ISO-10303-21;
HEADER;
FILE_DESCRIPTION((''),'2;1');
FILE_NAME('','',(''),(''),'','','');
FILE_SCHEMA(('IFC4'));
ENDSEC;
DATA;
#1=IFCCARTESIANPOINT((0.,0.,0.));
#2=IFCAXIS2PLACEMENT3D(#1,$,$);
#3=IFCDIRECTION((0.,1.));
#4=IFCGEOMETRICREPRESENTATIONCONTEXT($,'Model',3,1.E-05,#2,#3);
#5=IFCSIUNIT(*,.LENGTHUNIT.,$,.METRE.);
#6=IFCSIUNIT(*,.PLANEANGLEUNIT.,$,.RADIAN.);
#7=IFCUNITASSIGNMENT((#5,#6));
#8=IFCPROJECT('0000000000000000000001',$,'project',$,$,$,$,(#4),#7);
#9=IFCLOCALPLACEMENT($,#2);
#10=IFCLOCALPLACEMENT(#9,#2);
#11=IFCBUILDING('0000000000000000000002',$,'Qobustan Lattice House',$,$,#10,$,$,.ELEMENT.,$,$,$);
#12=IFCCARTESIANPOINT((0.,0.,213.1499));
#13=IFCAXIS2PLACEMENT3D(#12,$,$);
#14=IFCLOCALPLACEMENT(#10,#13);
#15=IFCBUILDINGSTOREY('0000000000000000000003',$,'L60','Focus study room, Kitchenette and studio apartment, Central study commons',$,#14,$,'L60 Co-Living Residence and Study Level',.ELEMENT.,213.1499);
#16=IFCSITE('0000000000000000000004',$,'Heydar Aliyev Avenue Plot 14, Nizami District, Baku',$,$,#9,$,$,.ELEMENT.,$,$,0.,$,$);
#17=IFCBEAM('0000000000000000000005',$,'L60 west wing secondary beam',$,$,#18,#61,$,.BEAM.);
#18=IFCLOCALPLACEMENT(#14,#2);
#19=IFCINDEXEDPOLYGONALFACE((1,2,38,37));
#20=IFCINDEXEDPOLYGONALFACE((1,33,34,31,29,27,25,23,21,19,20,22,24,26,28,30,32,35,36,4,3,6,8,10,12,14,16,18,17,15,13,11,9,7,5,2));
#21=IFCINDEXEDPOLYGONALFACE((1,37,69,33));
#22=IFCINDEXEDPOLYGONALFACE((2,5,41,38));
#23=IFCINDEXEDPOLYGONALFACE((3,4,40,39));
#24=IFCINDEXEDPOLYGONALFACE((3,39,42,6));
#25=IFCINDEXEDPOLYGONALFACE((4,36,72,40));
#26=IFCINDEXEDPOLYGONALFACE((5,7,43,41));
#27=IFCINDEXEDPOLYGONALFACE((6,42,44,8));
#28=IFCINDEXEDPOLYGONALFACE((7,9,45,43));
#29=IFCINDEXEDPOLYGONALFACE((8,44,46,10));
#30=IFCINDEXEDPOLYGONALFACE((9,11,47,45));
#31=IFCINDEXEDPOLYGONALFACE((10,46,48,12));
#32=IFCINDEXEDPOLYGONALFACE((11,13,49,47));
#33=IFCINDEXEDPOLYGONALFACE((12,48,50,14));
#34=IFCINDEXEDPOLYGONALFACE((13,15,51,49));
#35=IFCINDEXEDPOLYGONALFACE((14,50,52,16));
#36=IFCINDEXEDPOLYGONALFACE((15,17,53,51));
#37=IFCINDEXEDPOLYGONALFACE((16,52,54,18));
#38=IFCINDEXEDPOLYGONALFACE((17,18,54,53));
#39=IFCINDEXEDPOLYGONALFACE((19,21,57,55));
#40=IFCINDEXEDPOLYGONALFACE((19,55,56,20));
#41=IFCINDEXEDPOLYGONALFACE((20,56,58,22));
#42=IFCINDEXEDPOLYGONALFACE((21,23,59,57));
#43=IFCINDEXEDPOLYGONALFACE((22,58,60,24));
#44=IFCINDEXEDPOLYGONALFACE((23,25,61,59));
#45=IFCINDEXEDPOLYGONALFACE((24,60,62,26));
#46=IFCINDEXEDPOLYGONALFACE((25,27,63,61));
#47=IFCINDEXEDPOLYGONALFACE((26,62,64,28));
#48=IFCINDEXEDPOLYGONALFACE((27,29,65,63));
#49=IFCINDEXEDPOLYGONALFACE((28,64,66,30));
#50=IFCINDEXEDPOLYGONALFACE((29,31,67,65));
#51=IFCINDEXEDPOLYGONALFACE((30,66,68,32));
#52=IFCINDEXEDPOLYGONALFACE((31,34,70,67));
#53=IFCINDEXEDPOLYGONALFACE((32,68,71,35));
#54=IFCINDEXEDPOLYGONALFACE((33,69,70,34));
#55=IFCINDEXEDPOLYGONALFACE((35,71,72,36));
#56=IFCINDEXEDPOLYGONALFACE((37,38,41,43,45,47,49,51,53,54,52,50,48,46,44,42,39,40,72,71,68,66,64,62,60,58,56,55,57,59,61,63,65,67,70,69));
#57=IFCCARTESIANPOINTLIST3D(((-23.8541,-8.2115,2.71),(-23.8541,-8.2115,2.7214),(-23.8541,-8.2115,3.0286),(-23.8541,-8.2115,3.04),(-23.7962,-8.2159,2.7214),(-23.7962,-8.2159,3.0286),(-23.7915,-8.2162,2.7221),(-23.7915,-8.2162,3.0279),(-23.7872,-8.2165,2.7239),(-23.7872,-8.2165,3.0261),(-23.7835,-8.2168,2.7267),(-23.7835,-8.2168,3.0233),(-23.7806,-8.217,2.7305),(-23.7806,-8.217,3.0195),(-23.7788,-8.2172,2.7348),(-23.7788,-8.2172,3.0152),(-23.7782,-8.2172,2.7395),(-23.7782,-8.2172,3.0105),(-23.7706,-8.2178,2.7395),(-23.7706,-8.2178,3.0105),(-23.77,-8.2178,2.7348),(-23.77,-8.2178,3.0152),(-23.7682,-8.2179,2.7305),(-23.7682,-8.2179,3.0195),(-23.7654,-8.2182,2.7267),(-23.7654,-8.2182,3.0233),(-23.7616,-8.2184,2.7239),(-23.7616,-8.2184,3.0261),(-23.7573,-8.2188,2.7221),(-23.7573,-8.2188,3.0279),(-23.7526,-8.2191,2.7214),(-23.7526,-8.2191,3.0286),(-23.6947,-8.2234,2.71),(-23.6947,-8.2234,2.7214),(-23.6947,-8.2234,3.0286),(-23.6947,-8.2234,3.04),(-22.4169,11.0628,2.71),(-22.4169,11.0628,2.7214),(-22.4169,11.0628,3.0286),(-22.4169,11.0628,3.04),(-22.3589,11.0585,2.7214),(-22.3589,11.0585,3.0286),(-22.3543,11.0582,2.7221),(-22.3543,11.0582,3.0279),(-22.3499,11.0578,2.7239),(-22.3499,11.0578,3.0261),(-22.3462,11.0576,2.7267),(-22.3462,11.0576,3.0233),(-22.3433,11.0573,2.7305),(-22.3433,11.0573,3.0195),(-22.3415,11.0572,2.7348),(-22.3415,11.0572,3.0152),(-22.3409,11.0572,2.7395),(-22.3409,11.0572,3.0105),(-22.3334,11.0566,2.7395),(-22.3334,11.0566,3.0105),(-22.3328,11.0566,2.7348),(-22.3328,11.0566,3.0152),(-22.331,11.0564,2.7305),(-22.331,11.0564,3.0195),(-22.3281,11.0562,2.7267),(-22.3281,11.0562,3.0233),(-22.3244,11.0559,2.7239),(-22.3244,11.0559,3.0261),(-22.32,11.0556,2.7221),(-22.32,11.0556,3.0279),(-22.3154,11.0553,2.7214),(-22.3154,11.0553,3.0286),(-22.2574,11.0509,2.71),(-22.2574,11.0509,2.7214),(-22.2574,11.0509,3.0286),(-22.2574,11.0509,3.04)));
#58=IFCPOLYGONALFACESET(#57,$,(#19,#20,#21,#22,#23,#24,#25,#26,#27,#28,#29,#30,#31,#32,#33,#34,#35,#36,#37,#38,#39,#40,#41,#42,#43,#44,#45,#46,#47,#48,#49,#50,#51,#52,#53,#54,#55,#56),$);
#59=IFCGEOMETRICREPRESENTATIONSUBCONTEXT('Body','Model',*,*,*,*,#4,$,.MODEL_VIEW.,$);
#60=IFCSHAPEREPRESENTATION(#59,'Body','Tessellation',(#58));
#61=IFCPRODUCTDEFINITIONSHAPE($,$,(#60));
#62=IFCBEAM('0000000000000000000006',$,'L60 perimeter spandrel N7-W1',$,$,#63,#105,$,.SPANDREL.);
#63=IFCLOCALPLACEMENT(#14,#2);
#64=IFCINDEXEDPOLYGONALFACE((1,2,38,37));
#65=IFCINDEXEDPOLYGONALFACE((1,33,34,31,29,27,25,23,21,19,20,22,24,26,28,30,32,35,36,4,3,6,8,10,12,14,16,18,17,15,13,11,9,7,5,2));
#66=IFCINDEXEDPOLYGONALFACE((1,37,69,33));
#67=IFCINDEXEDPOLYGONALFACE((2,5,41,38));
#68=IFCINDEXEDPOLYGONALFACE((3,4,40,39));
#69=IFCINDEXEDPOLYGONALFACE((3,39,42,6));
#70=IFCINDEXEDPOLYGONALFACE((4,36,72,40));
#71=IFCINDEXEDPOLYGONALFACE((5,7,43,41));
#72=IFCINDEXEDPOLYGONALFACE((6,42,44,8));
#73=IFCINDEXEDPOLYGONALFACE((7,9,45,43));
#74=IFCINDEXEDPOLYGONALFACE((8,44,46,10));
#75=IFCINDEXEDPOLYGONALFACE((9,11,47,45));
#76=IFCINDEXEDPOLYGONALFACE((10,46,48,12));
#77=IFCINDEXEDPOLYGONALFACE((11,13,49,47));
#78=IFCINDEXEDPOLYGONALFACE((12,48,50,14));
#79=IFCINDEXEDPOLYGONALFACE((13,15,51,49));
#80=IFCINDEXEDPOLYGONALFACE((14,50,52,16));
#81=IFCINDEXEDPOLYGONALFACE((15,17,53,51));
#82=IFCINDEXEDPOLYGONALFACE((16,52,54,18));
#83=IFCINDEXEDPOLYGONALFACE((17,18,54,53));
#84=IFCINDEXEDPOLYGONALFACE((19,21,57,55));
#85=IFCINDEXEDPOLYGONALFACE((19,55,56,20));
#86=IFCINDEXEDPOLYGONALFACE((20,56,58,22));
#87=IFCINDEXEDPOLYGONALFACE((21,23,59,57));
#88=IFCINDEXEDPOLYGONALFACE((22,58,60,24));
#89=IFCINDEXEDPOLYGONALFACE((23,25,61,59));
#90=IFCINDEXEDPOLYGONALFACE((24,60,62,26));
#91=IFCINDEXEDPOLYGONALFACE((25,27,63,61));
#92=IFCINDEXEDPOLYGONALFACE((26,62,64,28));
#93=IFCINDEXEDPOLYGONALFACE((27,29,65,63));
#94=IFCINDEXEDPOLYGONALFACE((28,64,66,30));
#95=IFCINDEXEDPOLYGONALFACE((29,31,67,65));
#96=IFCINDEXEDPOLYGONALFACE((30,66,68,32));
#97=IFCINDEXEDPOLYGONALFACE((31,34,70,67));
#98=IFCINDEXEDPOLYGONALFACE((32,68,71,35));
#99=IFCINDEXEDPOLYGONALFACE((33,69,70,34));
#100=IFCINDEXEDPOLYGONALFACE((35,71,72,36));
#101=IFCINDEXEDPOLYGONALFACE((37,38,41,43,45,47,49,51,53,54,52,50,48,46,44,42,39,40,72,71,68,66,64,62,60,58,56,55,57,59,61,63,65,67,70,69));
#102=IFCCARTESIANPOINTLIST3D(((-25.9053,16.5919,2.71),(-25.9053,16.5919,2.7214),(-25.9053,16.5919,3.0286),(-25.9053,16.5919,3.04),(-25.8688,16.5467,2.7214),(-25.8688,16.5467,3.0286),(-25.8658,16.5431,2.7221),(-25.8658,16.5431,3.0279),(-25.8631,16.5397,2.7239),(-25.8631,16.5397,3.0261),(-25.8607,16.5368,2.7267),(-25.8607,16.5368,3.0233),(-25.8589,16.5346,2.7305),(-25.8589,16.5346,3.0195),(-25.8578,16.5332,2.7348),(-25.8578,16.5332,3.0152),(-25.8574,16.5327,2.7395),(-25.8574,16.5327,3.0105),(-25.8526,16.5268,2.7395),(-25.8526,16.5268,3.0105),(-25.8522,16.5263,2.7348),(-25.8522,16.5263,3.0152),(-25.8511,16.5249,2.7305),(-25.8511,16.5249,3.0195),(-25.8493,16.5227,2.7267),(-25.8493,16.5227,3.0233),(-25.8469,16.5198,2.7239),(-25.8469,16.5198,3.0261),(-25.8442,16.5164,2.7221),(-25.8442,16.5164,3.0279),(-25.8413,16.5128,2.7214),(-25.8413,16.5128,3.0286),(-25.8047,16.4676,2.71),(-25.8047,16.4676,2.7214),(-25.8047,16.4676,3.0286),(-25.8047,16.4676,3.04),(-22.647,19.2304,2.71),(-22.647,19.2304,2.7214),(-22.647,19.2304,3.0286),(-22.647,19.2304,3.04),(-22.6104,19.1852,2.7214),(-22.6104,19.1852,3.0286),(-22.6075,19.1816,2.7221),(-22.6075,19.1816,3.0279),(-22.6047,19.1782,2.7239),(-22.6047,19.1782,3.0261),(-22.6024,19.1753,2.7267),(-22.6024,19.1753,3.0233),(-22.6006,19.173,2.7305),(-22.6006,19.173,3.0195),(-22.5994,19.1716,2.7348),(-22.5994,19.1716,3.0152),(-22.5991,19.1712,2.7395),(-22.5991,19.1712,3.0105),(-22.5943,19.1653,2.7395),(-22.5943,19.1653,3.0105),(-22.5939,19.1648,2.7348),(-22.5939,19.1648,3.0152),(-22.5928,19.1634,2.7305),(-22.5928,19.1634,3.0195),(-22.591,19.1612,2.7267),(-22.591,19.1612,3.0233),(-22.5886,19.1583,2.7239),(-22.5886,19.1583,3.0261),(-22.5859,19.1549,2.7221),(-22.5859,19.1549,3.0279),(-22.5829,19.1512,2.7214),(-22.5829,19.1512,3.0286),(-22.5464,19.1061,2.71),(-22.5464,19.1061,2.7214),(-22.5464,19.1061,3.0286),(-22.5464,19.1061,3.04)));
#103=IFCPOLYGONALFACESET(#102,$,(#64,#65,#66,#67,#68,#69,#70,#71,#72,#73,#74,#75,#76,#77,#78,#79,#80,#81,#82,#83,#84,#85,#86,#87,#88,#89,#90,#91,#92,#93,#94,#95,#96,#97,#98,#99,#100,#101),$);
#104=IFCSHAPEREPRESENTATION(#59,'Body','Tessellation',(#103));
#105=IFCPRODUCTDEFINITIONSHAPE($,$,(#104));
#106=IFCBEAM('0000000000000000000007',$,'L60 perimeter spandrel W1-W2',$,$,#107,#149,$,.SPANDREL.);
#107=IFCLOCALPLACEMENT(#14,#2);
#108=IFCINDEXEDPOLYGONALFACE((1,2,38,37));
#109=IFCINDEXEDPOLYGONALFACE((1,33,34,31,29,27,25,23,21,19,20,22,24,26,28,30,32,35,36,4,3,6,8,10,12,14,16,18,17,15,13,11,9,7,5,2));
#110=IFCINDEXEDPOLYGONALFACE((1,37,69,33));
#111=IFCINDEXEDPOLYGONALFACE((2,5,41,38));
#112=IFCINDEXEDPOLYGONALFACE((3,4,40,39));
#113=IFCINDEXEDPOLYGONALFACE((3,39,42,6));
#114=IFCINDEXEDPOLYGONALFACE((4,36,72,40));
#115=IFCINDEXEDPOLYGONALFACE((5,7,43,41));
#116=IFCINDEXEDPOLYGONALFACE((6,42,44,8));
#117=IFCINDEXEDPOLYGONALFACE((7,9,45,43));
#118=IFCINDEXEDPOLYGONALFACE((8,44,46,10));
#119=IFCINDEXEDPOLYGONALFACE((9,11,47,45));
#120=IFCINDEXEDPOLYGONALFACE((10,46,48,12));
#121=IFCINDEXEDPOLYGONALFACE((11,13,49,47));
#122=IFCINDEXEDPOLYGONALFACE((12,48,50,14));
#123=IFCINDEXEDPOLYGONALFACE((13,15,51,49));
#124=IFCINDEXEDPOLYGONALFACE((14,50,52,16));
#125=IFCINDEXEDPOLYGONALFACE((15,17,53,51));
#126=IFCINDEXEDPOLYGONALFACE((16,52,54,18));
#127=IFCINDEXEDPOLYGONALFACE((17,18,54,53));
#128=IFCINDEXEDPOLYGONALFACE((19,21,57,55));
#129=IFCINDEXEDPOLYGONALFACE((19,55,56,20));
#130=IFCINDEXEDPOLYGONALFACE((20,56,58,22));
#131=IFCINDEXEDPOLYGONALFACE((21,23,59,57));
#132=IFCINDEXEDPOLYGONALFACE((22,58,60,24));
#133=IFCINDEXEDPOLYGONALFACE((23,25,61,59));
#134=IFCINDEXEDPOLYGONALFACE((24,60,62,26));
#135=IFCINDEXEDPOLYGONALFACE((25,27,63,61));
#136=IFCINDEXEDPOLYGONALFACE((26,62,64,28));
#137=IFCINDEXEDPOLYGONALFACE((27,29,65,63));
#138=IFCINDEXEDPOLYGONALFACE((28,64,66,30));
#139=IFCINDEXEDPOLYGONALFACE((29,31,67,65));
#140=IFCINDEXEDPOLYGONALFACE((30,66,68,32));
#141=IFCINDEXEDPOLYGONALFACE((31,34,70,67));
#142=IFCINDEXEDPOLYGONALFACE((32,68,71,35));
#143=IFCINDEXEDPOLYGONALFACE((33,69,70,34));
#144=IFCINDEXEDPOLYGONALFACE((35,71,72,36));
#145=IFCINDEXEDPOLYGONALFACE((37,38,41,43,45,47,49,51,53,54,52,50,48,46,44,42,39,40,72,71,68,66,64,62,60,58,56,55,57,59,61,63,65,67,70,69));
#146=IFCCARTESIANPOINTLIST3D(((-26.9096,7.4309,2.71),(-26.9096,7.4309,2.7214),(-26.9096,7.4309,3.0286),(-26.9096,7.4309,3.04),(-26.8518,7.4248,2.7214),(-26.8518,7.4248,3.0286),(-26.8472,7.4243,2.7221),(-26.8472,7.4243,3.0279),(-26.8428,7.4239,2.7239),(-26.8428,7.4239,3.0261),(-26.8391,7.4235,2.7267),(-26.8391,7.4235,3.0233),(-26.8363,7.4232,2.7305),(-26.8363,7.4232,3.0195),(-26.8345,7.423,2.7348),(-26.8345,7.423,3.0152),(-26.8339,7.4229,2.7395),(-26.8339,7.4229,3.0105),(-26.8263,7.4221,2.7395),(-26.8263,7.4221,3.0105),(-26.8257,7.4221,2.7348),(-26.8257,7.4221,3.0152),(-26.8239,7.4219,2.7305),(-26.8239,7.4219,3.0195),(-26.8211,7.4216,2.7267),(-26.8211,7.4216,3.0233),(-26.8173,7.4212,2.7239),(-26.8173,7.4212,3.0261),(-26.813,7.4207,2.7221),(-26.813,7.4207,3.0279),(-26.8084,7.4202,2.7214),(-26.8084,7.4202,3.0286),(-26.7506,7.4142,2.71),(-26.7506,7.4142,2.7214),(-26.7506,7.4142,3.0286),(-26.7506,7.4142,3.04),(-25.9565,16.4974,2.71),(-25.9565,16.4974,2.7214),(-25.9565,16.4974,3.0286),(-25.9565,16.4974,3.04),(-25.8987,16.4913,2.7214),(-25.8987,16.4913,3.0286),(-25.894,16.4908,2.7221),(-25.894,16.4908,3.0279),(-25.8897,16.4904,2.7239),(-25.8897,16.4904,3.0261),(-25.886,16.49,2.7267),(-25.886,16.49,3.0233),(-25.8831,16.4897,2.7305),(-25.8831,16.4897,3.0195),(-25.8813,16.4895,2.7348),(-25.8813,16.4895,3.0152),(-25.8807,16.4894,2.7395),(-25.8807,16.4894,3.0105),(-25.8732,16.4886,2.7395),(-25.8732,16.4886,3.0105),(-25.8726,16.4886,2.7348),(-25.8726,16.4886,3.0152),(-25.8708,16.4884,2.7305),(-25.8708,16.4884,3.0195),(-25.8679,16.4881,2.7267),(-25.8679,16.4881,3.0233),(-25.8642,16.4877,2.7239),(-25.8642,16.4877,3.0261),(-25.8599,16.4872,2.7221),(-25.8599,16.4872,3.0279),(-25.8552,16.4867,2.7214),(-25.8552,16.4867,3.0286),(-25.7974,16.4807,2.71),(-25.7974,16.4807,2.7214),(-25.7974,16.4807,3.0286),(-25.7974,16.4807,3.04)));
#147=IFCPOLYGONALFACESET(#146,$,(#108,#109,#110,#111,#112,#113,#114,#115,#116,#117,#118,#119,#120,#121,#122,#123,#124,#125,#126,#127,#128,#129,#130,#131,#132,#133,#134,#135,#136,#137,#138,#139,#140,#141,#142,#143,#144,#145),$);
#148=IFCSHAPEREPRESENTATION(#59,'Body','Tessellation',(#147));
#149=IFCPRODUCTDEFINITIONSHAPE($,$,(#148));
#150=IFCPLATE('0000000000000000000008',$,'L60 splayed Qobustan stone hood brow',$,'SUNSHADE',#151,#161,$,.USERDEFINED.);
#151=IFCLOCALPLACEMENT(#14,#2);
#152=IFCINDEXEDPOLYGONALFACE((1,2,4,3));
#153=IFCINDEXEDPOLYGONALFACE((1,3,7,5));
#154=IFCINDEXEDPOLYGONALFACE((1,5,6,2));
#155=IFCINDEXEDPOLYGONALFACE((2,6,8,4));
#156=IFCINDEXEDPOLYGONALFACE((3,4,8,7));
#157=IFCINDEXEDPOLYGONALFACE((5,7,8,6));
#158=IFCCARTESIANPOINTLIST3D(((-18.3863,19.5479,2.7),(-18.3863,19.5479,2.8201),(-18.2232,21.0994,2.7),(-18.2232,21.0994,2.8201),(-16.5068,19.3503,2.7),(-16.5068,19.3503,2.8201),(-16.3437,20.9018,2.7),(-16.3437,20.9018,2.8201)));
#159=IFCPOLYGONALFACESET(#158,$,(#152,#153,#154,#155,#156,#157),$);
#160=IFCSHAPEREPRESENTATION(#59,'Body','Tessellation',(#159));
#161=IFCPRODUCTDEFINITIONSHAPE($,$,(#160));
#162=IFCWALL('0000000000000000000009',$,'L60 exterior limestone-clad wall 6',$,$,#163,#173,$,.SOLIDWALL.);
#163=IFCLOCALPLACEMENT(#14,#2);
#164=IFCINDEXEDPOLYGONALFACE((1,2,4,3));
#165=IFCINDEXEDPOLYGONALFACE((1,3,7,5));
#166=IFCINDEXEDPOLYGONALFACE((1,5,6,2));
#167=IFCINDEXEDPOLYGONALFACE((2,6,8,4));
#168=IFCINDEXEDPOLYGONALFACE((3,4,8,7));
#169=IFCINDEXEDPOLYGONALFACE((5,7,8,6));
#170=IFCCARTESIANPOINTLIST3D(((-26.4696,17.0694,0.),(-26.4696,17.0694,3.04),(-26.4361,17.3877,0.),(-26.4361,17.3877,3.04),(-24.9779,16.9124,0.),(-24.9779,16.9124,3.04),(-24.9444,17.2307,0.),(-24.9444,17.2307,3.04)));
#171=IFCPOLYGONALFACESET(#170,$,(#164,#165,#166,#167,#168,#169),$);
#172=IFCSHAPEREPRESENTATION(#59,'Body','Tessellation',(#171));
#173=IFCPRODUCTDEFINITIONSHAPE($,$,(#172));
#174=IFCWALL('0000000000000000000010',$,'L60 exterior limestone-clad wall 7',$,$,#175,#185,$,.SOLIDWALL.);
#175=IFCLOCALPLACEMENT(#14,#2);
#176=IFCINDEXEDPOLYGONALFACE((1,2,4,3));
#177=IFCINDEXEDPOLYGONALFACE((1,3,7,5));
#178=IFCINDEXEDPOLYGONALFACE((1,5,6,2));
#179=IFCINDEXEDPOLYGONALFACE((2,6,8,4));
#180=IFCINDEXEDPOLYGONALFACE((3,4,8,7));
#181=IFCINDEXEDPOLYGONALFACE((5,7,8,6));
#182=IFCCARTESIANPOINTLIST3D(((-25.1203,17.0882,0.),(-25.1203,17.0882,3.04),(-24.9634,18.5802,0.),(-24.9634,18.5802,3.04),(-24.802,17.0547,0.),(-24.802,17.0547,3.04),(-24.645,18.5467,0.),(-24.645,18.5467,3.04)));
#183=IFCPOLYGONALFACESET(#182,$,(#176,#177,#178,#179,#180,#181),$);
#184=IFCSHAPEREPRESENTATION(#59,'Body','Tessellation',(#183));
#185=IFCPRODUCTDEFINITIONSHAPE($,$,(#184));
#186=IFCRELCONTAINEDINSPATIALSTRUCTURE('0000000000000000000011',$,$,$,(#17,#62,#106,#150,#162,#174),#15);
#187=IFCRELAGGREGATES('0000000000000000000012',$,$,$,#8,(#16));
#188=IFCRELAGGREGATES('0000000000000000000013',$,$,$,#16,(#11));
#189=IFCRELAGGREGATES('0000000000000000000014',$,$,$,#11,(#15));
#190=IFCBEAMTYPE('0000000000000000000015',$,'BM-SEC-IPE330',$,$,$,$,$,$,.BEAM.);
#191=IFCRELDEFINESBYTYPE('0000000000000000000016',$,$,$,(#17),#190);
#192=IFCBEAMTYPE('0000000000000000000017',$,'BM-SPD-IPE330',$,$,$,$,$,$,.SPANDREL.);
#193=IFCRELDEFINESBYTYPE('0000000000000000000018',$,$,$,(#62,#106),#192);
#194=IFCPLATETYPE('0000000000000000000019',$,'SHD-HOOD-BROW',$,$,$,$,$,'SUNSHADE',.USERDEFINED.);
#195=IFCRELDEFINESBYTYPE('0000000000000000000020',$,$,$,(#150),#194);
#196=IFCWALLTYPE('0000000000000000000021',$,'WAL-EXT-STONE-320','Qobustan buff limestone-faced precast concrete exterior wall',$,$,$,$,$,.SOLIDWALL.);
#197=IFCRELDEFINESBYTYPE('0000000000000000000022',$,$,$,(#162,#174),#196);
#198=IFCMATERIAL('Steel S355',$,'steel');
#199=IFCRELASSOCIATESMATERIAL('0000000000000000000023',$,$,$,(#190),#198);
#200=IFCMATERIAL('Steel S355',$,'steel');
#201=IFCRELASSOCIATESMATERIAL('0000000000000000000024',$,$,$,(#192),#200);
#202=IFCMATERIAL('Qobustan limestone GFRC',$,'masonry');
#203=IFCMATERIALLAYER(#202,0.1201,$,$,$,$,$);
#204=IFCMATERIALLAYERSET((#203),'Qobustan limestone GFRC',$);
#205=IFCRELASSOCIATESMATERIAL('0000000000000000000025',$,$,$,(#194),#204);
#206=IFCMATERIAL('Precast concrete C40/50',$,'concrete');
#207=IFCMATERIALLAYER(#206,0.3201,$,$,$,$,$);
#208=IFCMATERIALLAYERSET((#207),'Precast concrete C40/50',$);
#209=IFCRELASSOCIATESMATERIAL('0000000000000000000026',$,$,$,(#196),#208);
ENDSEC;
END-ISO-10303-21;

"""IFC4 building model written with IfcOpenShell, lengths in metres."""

from ifc_helpers import new_model, si_unit, direction, frame, frame_2d, origin, origin_2d, place, context, subcontext, project, spatial, rectangle, i_section, extrude, material, layer, layer_set, material_profile, profile_set, type_object, element, save


model = new_model("IFC4")

# Units and contexts
model_context = context("Model", 3, precision=1e-05, world=origin(), true_north=direction((0.0, 1.0)))
body_context = subcontext(model_context, "Body", "Model", "MODEL_VIEW")
ifc_project = project(units=[si_unit("LENGTHUNIT", "METRE"), si_unit("PLANEANGLEUNIT", "RADIAN")], contexts=[model_context])

# Site, building, storey
site_placement = place(None, origin())
site = spatial("IfcSite", under=ifc_project, at=site_placement, Name="Heydar Aliyev Avenue Plot 14, Nizami District, Baku", CompositionType="ELEMENT", RefElevation=0.0)
building_placement = place(site_placement, origin())
building = spatial("IfcBuilding", under=site, at=building_placement, Name="Qobustan Lattice House", CompositionType="ELEMENT")
storey_placement = place(building_placement, frame((0.0, 0.0, 213.1499)))
storey = spatial("IfcBuildingStorey", under=building, at=storey_placement, Name="L60", Description="Focus study room, Kitchenette and studio apartment, Central study commons", LongName="L60 Co-Living Residence and Study Level", CompositionType="ELEMENT", Elevation=213.1499)

# Beams
ifc_material_1 = material(Name="Steel S355", Category="steel")
ifc_material_profile_1 = material_profile(ifc_material_1, i_section(OverallWidth=0.1599, OverallDepth=0.3301, WebThickness=0.0076, FlangeThickness=0.0115, FilletRadius=0.0181, at=origin_2d()), Name="IPE330")
ifc_profile_set_1 = profile_set([ifc_material_profile_1], Name="Steel S355")
beam_type_1 = type_object("IfcBeamType", Name="BM-SEC-IPE330", PredefinedType="BEAM", material=ifc_profile_set_1)
beam_1_placement = place(storey_placement, frame((-22.3372, 11.0569, 2.875), z_axis=(-0.074362, -0.997231, 0.0), x_axis=(0.997231, -0.074362, 0.0)))
element("IfcBeam", 1, at=beam_1_placement, inside=storey, type_object=beam_type_1, Name="L60 west wing secondary beam", PredefinedType="BEAM", context=body_context, shape_type="SweptSolid", body=[
    extrude(i_section(OverallWidth=0.1599, OverallDepth=0.3301, WebThickness=0.0076, FlangeThickness=0.0115, FilletRadius=0.0181, at=origin_2d()), origin(), (0.0, 0.0, 1.0), 19.3279),
])
ifc_material_2 = material(Name="Steel S355", Category="steel")
ifc_material_profile_2 = material_profile(ifc_material_2, i_section(OverallWidth=0.1599, OverallDepth=0.3301, WebThickness=0.0076, FlangeThickness=0.0115, FilletRadius=0.0181, at=origin_2d()), Name="IPE330")
ifc_profile_set_2 = profile_set([ifc_material_profile_2], Name="Steel S355")
beam_type_2 = type_object("IfcBeamType", Name="BM-SPD-IPE330", PredefinedType="SPANDREL", material=ifc_profile_set_2)
beam_2_placement = place(storey_placement, frame((-22.5967, 19.1682, 2.875), z_axis=(-0.777157, -0.629307, 0.0), x_axis=(0.629307, -0.777157, 0.0)))
element("IfcBeam", 2, at=beam_2_placement, inside=storey, type_object=beam_type_2, Name="L60 perimeter spandrel N7-W1", PredefinedType="SPANDREL", context=body_context, shape_type="SweptSolid", body=[
    extrude(i_section(OverallWidth=0.1599, OverallDepth=0.3301, WebThickness=0.0076, FlangeThickness=0.0115, FilletRadius=0.0181, at=origin_2d()), origin(), (0.0, 0.0, 1.0), 4.1926),
])
beam_3_placement = place(storey_placement, frame((-25.877, 16.489, 2.875), z_axis=(-0.104551, -0.99452, 0.0), x_axis=(0.99452, -0.104551, 0.0)))
element("IfcBeam", 3, at=beam_3_placement, inside=storey, type_object=beam_type_2, Name="L60 perimeter spandrel W1-W2", PredefinedType="SPANDREL", context=body_context, shape_type="SweptSolid", body=[
    extrude(i_section(OverallWidth=0.1599, OverallDepth=0.3301, WebThickness=0.0076, FlangeThickness=0.0115, FilletRadius=0.0181, at=origin_2d()), origin(), (0.0, 0.0, 1.0), 9.1165),
])

# Plate
ifc_material_3 = material(Name="Qobustan limestone GFRC", Category="masonry")
ifc_layer_1 = layer(ifc_material_3, 0.1201)
ifc_layer_set_1 = layer_set([ifc_layer_1], Name="Qobustan limestone GFRC")
plate_type = type_object("IfcPlateType", Name="SHD-HOOD-BROW", ElementType="SUNSHADE", PredefinedType="USERDEFINED", material=ifc_layer_set_1)
plate_placement = place(storey_placement, frame((-17.365, 20.2249, 2.7), z_axis=(0.0, 0.0, 1.0), x_axis=(0.994522, -0.104528, 0.0)))
element("IfcPlate", 4, at=plate_placement, inside=storey, type_object=plate_type, Name="L60 splayed Qobustan stone hood brow", ObjectType="SUNSHADE", PredefinedType="USERDEFINED", context=body_context, shape_type="SweptSolid", body=[
    extrude(rectangle(XDim=1.8899, YDim=1.5601, at=origin_2d()), origin(), (0.0, 0.0, 1.0), 0.1201),
])

# Walls
ifc_material_4 = material(Name="Precast concrete C40/50", Category="concrete")
ifc_layer_2 = layer(ifc_material_4, 0.3201)
ifc_layer_set_2 = layer_set([ifc_layer_2], Name="Precast concrete C40/50")
wall_type_1 = type_object("IfcWallType", Name="WAL-EXT-STONE-320", Description="Qobustan buff limestone-faced precast concrete exterior wall", PredefinedType="SOLIDWALL", material=ifc_layer_set_2)
wall_1_placement = place(storey_placement, frame((-26.4529, 17.2285, 0.0), z_axis=(0.0, 0.0, 1.0), x_axis=(0.994508, -0.104659, 0.0)))
element("IfcWall", 5, at=wall_1_placement, inside=storey, type_object=wall_type_1, Name="L60 exterior limestone-clad wall 6", PredefinedType="SOLIDWALL", context=body_context, shape_type="SweptSolid", body=[
    extrude(rectangle(XDim=1.5, YDim=0.3201, at=frame_2d((0.75, 0.0))), origin(), (0.0, 0.0, 1.0), 3.04),
])
wall_2_placement = place(storey_placement, frame((-24.9612, 17.0715, 0.0), z_axis=(0.0, 0.0, 1.0), x_axis=(0.104642, 0.99451, 0.0)))
element("IfcWall", 6, at=wall_2_placement, inside=storey, type_object=wall_type_1, Name="L60 exterior limestone-clad wall 7", PredefinedType="SOLIDWALL", context=body_context, shape_type="SweptSolid", body=[
    extrude(rectangle(XDim=1.5002, YDim=0.3201, at=frame_2d((0.75, 0.0))), origin(), (0.0, 0.0, 1.0), 3.04),
])

save(model, "model.ifc")
